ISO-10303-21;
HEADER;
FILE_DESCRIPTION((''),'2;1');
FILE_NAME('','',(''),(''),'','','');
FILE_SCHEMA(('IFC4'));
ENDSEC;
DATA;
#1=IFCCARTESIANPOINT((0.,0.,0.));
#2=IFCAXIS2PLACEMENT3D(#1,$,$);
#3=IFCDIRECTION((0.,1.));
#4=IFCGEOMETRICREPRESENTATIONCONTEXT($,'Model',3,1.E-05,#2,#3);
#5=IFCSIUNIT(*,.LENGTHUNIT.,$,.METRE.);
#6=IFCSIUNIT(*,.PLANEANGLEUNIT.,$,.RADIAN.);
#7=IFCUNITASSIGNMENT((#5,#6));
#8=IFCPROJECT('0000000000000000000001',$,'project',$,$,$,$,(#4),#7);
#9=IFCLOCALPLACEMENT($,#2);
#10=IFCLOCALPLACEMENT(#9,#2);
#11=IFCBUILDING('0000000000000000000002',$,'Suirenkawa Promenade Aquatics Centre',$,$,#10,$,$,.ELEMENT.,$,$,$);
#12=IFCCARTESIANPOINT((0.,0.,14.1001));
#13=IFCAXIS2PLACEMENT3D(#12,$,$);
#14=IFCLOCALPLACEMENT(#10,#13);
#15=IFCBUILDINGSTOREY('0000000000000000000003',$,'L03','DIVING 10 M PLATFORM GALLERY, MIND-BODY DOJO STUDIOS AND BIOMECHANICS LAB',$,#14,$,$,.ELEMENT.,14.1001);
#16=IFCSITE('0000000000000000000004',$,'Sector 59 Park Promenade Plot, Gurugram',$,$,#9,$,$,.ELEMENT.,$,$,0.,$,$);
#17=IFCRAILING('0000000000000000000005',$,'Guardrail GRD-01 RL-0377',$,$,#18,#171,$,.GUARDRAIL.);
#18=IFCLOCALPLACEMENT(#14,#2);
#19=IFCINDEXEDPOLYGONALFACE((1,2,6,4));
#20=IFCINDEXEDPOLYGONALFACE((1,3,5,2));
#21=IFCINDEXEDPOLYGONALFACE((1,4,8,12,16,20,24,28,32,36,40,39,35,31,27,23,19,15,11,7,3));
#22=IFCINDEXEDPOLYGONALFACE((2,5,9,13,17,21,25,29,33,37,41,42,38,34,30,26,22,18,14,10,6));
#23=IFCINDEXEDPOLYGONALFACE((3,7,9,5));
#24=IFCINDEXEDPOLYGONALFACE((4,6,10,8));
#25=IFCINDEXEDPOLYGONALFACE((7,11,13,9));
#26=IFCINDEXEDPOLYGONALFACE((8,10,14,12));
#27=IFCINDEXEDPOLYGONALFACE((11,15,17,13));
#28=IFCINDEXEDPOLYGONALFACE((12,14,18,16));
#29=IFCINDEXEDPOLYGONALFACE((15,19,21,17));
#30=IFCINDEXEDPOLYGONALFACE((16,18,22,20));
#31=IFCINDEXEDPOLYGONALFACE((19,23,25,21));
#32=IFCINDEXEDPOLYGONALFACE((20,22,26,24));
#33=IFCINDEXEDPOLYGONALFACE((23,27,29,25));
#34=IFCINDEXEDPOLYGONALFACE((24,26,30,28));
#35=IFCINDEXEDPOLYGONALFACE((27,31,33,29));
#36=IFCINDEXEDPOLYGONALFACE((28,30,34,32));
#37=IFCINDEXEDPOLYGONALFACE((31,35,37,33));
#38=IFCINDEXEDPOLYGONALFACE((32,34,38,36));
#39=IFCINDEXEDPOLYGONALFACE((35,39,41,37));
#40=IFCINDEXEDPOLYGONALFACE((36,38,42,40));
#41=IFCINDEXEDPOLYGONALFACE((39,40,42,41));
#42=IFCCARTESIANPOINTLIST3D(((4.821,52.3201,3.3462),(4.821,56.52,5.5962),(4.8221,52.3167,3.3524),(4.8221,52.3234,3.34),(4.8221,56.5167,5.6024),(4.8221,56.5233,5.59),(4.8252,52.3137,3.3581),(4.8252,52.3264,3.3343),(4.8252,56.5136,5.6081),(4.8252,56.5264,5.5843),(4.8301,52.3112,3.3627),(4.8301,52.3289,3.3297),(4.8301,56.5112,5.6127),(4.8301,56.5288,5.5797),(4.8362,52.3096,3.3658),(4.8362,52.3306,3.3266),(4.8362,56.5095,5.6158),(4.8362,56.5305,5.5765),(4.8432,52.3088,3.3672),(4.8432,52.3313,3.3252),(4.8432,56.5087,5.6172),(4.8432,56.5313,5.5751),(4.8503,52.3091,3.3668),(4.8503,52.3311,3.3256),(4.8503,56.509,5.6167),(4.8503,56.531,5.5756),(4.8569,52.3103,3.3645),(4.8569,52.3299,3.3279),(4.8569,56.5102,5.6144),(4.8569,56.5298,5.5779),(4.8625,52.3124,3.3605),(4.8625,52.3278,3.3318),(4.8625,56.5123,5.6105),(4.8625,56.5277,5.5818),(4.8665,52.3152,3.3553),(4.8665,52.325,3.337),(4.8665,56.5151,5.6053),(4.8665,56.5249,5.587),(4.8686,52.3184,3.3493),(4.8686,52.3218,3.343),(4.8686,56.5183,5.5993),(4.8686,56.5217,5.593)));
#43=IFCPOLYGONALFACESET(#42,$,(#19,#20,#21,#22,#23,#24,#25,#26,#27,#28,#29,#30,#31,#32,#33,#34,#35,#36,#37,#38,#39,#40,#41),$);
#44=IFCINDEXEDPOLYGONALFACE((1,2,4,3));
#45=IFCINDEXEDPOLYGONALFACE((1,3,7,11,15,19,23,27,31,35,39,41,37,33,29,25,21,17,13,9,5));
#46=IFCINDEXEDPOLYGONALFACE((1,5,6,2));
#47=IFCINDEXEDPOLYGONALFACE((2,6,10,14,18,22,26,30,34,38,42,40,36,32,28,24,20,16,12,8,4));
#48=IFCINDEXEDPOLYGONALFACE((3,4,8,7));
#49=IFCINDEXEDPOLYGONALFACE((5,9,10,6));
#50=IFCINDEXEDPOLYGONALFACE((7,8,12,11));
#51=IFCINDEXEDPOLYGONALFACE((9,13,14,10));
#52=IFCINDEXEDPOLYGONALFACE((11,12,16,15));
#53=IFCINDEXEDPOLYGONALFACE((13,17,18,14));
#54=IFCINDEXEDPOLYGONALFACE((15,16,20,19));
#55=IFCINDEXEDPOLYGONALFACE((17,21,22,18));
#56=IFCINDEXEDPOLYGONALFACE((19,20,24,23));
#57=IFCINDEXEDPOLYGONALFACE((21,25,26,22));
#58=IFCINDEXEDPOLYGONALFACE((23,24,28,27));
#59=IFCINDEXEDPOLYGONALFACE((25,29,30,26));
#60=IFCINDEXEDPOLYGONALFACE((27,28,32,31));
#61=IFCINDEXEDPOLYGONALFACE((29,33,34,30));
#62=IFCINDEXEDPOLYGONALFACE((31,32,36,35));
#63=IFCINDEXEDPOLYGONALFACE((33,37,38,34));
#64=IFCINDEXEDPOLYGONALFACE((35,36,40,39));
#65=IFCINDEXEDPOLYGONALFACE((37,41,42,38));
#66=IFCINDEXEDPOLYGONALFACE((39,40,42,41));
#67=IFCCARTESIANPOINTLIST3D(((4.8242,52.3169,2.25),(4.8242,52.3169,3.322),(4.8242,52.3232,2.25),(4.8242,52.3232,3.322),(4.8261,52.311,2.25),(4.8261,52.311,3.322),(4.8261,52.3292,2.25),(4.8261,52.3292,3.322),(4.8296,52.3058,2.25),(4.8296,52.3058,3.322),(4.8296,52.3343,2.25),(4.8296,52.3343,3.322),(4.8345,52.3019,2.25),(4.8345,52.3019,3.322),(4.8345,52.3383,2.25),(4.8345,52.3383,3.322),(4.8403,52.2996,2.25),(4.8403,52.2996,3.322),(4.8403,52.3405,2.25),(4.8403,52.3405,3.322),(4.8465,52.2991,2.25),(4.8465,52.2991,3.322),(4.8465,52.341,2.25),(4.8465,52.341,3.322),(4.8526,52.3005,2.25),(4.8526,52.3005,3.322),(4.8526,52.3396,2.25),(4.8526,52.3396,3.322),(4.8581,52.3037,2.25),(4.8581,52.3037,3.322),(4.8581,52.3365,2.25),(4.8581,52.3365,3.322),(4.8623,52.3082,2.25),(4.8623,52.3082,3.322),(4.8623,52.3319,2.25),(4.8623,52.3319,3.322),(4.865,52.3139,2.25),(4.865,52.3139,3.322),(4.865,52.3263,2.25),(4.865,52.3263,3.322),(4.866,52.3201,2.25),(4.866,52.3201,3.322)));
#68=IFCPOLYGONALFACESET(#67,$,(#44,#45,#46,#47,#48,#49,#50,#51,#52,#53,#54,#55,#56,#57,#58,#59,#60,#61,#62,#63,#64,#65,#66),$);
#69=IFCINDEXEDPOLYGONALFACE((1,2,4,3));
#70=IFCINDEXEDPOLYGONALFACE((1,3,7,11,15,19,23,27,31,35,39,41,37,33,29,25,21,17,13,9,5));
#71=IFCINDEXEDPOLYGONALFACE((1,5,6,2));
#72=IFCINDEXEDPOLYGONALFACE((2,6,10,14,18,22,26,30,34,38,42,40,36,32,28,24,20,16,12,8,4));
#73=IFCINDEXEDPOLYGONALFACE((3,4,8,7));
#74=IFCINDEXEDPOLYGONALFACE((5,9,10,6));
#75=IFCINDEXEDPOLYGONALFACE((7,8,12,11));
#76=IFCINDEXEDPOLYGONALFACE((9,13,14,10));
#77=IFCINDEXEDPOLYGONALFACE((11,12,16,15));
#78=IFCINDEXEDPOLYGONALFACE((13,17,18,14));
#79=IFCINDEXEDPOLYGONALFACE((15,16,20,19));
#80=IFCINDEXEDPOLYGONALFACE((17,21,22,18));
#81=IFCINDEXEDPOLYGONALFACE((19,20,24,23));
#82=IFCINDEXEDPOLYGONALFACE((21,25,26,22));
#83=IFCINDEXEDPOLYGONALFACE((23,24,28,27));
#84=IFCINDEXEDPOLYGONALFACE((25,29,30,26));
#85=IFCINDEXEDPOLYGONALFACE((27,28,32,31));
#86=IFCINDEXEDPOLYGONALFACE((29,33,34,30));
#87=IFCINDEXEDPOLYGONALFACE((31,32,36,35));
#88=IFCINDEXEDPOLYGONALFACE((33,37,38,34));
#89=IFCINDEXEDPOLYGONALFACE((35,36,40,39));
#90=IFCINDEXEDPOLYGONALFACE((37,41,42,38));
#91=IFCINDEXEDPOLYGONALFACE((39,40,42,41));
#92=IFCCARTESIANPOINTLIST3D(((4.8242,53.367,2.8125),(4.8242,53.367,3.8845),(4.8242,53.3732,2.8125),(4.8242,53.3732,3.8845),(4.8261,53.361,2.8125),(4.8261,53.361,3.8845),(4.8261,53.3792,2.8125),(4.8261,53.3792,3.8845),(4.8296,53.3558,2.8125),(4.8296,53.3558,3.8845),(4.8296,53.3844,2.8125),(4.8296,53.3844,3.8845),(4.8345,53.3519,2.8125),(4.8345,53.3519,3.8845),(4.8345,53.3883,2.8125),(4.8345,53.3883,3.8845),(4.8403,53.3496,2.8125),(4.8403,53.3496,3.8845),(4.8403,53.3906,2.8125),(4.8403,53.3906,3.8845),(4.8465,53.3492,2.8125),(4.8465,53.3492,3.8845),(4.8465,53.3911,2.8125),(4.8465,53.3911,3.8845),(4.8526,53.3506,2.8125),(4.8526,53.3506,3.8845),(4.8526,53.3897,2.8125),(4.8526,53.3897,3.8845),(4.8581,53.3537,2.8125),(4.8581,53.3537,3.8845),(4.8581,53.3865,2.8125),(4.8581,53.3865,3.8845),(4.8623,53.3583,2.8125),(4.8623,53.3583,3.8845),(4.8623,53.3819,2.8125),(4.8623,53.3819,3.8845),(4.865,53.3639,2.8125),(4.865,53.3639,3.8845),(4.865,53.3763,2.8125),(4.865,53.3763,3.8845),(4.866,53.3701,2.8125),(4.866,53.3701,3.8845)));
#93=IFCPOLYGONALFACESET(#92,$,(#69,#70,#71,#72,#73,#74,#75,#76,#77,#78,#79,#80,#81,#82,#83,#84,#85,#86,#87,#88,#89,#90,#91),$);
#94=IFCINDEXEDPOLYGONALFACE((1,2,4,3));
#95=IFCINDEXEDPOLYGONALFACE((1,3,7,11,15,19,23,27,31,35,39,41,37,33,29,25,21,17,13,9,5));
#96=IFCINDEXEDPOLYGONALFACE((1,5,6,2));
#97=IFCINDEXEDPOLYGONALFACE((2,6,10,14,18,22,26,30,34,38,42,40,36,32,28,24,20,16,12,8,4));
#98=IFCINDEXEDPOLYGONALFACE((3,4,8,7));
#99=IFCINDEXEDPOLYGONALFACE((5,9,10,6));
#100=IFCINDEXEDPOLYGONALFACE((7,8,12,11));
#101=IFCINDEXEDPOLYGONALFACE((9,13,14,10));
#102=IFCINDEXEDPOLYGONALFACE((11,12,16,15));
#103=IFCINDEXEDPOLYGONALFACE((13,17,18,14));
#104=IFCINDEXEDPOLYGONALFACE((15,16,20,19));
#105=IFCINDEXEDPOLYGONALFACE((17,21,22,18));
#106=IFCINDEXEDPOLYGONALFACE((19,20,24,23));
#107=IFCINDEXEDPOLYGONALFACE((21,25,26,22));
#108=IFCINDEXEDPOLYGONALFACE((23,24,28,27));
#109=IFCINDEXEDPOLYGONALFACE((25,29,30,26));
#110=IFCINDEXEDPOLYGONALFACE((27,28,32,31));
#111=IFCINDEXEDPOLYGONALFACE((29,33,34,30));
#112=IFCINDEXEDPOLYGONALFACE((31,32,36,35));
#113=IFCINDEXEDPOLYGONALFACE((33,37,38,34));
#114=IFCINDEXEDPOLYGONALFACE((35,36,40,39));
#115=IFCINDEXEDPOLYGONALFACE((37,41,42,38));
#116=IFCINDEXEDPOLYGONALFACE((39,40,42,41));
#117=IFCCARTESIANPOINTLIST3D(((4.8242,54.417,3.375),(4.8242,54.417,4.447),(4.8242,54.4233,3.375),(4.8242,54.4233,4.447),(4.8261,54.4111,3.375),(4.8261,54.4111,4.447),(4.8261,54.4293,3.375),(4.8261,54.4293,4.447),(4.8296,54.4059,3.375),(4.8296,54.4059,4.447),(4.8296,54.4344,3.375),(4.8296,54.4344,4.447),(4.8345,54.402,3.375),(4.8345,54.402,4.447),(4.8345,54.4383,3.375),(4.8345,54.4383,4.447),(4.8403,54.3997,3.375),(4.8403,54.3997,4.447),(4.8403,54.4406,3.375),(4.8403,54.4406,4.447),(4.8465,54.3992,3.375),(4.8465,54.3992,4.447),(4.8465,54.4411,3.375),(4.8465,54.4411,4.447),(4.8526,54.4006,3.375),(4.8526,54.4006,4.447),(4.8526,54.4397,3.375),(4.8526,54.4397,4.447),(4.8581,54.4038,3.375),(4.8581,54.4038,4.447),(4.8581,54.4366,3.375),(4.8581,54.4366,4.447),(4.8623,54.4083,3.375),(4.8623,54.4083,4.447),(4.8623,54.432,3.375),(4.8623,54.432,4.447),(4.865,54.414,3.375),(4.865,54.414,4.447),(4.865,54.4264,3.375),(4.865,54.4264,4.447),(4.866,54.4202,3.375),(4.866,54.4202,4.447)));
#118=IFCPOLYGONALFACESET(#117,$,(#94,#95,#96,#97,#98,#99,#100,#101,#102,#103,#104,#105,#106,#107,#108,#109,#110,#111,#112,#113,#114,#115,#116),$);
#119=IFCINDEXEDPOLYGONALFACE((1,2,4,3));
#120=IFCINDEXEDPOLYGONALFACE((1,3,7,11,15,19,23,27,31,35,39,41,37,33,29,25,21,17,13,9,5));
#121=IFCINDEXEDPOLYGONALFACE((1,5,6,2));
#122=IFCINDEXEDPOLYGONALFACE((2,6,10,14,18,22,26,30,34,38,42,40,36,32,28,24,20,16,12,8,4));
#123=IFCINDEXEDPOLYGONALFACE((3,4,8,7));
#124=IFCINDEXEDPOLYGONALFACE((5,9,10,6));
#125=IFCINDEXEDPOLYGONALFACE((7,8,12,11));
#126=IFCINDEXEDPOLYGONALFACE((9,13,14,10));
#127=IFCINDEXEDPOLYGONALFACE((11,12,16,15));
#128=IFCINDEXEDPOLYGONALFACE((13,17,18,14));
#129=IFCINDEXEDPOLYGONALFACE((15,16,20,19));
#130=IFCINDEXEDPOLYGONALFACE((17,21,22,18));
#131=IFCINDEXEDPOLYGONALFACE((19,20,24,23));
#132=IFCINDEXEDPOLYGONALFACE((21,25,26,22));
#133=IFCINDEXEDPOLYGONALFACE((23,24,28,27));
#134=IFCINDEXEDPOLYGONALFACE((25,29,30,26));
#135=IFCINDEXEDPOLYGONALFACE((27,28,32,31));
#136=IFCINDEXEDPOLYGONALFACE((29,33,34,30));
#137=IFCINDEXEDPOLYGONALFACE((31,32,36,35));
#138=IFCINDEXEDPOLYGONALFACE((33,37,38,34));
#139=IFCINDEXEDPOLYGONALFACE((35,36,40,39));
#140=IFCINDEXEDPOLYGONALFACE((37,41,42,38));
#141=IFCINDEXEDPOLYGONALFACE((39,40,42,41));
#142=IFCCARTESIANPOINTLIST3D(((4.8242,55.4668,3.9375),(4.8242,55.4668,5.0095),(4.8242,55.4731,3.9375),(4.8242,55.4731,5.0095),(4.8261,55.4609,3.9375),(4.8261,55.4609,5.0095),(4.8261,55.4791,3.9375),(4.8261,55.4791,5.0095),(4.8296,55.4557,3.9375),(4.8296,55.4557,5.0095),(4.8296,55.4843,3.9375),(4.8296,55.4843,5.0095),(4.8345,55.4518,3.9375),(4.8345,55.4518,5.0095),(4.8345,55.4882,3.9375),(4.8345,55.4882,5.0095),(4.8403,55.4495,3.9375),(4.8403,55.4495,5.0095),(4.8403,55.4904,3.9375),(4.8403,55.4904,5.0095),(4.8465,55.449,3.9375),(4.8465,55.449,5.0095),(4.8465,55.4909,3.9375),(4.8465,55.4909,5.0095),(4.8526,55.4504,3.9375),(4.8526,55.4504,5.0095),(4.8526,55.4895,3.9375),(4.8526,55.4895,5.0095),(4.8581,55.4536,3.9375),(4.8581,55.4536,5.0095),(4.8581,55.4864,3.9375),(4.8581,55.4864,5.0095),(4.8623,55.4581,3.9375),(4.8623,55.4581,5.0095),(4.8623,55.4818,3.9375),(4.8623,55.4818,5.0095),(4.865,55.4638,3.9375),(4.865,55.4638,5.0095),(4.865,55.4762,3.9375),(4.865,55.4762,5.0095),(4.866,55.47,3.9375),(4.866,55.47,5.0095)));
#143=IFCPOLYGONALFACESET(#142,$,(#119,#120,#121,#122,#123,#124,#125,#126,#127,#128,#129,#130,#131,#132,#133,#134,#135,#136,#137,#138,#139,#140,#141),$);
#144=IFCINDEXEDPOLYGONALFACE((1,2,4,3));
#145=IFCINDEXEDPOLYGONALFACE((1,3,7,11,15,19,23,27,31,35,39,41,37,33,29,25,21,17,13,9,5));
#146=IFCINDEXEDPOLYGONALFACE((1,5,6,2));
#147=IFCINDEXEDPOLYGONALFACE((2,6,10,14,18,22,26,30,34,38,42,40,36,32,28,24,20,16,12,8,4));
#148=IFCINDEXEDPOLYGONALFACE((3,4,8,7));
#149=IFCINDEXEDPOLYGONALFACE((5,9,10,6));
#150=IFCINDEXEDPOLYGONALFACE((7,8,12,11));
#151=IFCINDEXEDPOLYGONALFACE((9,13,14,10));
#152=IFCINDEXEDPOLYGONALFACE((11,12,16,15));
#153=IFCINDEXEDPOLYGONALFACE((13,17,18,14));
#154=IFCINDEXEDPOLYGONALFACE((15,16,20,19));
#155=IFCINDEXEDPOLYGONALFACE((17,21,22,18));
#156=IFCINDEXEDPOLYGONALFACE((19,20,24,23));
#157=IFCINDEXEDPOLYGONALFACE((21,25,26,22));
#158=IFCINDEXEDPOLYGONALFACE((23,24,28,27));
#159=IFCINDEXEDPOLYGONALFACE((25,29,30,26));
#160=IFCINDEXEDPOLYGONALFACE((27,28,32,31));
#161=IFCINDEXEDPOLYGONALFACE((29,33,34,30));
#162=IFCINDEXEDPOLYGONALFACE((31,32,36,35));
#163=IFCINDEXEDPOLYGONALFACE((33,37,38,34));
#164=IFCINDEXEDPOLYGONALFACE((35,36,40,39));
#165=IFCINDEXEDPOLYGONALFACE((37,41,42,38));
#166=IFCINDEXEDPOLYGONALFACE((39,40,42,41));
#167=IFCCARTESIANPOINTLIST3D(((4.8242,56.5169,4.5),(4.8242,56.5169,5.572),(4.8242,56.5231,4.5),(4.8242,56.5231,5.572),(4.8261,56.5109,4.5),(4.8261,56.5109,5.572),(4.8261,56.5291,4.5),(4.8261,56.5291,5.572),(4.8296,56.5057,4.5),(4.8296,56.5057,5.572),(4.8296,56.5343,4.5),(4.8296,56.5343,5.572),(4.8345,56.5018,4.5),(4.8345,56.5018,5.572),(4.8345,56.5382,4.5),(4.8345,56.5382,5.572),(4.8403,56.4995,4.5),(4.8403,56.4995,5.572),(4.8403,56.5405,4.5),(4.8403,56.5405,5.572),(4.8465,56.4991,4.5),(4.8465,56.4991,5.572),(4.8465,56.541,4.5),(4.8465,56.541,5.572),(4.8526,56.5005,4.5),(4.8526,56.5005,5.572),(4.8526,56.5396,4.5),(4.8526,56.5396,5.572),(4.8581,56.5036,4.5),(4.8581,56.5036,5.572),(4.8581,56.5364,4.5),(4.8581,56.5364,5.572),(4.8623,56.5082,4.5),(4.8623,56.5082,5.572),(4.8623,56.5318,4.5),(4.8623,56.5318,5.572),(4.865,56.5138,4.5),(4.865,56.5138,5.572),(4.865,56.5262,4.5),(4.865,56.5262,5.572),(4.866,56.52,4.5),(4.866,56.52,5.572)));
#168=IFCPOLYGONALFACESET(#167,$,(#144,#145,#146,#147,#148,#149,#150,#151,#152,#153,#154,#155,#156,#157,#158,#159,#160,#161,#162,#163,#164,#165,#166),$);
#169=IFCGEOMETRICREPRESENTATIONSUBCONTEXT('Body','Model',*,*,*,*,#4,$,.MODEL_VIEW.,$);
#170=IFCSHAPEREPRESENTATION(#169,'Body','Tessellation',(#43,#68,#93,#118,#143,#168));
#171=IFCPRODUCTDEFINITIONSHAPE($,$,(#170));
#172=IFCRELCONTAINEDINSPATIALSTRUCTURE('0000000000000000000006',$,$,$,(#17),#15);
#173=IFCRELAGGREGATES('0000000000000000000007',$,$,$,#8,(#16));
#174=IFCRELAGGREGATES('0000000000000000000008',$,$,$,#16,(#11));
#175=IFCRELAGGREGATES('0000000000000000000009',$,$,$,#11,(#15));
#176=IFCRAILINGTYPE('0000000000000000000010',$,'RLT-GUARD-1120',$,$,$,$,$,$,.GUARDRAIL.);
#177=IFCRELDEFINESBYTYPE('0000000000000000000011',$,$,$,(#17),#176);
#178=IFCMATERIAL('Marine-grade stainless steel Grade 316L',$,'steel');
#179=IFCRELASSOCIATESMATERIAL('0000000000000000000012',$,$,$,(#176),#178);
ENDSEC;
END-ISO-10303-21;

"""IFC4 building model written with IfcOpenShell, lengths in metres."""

from ifc_helpers import new_model, si_unit, direction, frame, origin, origin_2d, place, context, subcontext, project, spatial, circle, extrude, material, type_object, element, save


model = new_model("IFC4")

# Units and contexts
model_context = context("Model", 3, precision=1e-05, world=origin(), true_north=direction((0.0, 1.0)))
body_context = subcontext(model_context, "Body", "Model", "MODEL_VIEW")
ifc_project = project(units=[si_unit("LENGTHUNIT", "METRE"), si_unit("PLANEANGLEUNIT", "RADIAN")], contexts=[model_context])

# Site, building, storey
site_placement = place(None, origin())
site = spatial("IfcSite", under=ifc_project, at=site_placement, Name="Sector 59 Park Promenade Plot, Gurugram", CompositionType="ELEMENT", RefElevation=0.0)
building_placement = place(site_placement, origin())
building = spatial("IfcBuilding", under=site, at=building_placement, Name="Suirenkawa Promenade Aquatics Centre", CompositionType="ELEMENT")
storey_placement = place(building_placement, frame((0.0, 0.0, 14.1001)))
storey = spatial("IfcBuildingStorey", under=building, at=storey_placement, Name="L03", Description="DIVING 10 M PLATFORM GALLERY, MIND-BODY DOJO STUDIOS AND BIOMECHANICS LAB", CompositionType="ELEMENT", Elevation=14.1001)

# Railing
ifc_material_1 = material(Name="Marine-grade stainless steel Grade 316L", Category="steel")
railing_type_1 = type_object("IfcRailingType", Name="RLT-GUARD-1120", PredefinedType="GUARDRAIL", material=ifc_material_1)
for number, where, name in (
    (1, (4.845, 52.3201, 2.25), "Guardrail GRD-01 RL-0377"),
):
    element("IfcRailing", number, at=place(storey_placement, frame(where)), inside=storey, type_object=railing_type_1, Name=name, PredefinedType="GUARDRAIL", context=body_context, shape_type="SweptSolid", body=[
        extrude(circle(Radius=0.0239, at=origin_2d()), frame((0.0, 0.0, 1.0962), z_axis=(0.0, 0.881478, 0.472226), x_axis=(-1.0, 0.0, 0.0)), (0.0, 0.0, 1.0), 4.7646),
        extrude(circle(Radius=0.021, at=origin_2d()), origin(), (0.0, 0.0, 1.0), 1.072),
        extrude(circle(Radius=0.021, at=origin_2d()), frame((0.0, 1.05, 0.5625)), (0.0, 0.0, 1.0), 1.072),
        extrude(circle(Radius=0.021, at=origin_2d()), frame((0.0, 2.1001, 1.125)), (0.0, 0.0, 1.0), 1.072),
        extrude(circle(Radius=0.021, at=origin_2d()), frame((0.0, 3.1499, 1.6875)), (0.0, 0.0, 1.0), 1.072),
        extrude(circle(Radius=0.021, at=origin_2d()), frame((0.0, 4.2, 2.25)), (0.0, 0.0, 1.0), 1.072),
    ])

save(model, "model.ifc")
